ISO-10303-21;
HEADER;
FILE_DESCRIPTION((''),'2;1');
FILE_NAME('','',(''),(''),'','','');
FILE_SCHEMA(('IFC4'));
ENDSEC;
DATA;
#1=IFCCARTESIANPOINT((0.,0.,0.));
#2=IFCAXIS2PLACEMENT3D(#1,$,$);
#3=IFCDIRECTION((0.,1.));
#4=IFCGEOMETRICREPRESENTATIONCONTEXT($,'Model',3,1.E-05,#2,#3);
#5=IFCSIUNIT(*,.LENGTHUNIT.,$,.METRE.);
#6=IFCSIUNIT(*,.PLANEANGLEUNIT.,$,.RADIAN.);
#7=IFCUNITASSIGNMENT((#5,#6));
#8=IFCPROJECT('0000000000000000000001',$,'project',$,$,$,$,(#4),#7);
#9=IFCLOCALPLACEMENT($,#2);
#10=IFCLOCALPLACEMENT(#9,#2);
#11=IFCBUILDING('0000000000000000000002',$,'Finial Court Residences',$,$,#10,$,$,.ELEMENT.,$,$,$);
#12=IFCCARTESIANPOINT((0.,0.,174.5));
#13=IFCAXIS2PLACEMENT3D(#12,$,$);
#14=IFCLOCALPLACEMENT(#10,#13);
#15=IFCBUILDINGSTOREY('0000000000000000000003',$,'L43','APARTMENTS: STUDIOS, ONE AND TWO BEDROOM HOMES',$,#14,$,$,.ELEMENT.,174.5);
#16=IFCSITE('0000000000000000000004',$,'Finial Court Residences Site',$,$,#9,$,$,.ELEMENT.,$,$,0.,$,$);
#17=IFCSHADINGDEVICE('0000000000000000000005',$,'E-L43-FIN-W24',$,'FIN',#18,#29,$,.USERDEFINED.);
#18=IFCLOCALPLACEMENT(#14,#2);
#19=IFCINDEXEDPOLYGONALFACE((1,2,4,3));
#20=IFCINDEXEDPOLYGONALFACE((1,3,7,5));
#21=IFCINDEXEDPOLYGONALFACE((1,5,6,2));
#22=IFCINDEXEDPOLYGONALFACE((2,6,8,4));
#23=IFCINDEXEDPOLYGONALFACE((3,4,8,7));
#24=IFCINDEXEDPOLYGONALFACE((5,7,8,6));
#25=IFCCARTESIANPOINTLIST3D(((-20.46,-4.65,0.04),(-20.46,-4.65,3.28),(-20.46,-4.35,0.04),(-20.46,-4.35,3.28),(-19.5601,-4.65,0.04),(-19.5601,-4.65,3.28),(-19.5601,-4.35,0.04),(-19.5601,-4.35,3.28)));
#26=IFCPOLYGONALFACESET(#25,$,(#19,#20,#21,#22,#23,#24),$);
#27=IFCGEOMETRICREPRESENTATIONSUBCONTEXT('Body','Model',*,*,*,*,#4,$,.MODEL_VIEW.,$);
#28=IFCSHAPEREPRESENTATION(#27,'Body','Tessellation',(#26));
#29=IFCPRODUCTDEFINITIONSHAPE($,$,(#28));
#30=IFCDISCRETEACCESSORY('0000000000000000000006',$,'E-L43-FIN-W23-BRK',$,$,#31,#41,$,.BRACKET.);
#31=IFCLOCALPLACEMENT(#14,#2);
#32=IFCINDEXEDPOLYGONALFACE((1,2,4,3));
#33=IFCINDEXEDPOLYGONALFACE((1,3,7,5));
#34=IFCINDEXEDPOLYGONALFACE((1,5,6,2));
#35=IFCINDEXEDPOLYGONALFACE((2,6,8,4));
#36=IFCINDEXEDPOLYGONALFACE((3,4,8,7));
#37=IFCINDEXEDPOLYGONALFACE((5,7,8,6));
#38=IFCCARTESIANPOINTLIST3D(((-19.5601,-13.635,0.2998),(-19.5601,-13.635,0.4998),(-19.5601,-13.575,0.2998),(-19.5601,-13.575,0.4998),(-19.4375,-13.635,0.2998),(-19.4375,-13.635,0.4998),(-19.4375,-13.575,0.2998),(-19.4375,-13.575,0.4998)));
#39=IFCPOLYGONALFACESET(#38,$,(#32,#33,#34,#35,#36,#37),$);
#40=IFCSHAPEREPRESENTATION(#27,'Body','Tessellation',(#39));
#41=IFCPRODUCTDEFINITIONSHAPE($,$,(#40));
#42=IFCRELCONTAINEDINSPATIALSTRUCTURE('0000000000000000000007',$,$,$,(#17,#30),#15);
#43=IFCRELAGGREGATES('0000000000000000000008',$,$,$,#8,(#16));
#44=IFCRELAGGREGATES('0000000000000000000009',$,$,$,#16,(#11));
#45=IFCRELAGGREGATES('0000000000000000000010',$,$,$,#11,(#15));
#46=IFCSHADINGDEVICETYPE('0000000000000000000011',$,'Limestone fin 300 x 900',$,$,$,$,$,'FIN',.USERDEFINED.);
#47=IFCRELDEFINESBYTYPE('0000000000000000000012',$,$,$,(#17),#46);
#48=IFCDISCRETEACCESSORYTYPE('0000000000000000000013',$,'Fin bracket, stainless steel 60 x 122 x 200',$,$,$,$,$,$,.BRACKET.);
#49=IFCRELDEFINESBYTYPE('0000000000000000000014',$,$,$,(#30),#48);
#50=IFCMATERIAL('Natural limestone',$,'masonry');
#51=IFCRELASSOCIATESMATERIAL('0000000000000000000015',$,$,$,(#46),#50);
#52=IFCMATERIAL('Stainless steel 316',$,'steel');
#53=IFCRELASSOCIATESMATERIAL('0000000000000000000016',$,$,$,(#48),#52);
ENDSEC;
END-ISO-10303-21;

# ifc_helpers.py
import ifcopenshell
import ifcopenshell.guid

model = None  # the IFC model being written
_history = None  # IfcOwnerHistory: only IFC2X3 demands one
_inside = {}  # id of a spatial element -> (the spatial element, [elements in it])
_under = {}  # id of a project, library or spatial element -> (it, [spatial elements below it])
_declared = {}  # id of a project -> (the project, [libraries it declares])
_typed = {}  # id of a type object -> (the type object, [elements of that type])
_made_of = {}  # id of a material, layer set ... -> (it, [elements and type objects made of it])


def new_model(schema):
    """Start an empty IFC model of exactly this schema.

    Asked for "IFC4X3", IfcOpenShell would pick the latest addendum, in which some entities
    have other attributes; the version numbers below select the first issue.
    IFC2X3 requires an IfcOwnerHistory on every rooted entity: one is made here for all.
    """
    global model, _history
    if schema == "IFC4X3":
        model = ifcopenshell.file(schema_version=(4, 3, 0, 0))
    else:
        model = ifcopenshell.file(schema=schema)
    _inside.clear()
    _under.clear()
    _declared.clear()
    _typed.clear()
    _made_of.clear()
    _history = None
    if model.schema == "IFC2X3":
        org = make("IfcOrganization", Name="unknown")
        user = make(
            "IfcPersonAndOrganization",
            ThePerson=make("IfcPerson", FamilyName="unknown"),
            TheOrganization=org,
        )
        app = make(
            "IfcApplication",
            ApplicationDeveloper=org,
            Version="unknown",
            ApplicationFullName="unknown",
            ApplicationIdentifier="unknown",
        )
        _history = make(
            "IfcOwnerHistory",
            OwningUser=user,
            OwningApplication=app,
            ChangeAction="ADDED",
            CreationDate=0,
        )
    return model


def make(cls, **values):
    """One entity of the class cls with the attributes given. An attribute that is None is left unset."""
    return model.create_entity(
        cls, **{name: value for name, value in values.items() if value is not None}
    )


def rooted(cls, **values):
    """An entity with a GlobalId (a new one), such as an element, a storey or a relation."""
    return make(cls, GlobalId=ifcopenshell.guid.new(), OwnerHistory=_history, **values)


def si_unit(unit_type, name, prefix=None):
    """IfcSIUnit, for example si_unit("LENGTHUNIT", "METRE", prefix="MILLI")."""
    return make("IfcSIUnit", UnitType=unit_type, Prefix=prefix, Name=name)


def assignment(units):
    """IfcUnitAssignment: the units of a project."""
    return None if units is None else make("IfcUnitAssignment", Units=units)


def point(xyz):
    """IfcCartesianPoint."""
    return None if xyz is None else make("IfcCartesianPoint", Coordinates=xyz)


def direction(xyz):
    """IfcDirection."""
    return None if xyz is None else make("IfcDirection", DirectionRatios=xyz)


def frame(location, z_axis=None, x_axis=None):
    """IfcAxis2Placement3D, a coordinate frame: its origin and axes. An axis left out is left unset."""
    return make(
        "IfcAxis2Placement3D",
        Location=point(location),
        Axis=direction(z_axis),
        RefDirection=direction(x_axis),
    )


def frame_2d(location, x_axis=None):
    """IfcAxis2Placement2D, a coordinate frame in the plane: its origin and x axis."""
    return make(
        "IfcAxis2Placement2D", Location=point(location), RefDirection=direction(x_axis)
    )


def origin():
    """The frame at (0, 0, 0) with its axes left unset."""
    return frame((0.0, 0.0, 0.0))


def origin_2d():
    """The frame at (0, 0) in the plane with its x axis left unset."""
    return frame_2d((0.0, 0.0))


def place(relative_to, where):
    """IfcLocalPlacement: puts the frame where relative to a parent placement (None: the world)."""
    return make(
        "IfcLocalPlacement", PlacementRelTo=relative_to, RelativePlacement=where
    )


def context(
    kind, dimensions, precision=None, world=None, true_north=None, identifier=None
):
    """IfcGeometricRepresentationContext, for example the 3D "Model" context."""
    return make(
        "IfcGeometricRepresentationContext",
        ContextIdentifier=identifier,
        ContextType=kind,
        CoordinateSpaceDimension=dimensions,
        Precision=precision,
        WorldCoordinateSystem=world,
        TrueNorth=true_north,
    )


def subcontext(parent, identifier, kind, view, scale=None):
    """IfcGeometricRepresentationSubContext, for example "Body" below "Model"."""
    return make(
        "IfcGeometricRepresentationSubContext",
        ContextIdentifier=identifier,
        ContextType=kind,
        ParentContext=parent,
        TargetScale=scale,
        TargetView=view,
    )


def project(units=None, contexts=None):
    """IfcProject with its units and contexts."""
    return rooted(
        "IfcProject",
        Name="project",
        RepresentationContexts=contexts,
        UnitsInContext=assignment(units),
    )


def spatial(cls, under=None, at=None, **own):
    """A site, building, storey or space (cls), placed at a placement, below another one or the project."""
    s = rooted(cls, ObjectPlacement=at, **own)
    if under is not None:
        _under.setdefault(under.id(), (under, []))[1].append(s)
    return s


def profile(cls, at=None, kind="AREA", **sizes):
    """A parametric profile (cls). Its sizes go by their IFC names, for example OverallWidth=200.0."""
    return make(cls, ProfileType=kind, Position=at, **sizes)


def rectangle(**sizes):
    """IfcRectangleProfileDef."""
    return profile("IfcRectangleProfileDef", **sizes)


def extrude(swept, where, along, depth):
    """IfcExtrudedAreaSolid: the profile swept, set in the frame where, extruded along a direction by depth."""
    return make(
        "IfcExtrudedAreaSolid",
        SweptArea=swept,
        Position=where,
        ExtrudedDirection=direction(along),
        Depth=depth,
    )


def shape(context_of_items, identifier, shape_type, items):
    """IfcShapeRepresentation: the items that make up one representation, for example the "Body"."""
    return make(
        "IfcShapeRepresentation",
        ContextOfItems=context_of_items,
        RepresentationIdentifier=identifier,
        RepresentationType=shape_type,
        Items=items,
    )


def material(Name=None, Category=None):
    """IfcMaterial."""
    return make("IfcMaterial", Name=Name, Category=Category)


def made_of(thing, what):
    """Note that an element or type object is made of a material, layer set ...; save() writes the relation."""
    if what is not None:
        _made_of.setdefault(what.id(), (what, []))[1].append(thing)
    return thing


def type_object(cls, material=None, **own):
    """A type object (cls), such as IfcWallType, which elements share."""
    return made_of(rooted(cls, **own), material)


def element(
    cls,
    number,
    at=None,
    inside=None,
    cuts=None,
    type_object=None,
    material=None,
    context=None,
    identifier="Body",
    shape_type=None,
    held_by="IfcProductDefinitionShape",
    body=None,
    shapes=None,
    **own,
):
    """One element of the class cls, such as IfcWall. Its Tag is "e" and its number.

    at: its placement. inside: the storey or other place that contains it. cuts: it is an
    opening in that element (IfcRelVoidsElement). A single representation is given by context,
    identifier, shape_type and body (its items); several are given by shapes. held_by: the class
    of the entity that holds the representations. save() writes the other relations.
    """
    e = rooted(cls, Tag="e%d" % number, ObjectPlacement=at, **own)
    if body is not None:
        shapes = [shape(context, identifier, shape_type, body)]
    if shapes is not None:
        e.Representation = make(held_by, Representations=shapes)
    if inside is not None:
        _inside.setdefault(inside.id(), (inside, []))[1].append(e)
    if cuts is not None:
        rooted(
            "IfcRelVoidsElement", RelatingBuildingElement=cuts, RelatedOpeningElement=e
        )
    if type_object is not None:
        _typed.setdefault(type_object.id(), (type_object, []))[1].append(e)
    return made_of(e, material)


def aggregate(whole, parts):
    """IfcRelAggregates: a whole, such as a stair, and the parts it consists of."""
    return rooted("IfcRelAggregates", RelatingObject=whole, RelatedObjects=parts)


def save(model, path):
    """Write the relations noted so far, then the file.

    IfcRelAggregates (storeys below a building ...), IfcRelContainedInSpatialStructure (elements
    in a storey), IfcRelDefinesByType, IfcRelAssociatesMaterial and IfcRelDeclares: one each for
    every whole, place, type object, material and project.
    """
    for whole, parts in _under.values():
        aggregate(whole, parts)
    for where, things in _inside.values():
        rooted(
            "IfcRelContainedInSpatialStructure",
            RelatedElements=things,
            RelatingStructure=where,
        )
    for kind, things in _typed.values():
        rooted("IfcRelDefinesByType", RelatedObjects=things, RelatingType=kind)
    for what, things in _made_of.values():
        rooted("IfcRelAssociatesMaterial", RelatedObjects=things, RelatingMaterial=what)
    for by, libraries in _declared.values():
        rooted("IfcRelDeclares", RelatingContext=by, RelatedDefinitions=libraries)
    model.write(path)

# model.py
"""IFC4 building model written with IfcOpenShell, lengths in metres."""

from ifc_helpers import new_model, si_unit, direction, frame, origin, origin_2d, place, context, subcontext, project, spatial, rectangle, extrude, material, type_object, element, save


model = new_model("IFC4")

# Units and contexts
model_context = context("Model", 3, precision=1e-05, world=origin(), true_north=direction((0.0, 1.0)))
body_context = subcontext(model_context, "Body", "Model", "MODEL_VIEW")
ifc_project = project(units=[si_unit("LENGTHUNIT", "METRE"), si_unit("PLANEANGLEUNIT", "RADIAN")], contexts=[model_context])

# Site, building, storey
site_placement = place(None, origin())
site = spatial("IfcSite", under=ifc_project, at=site_placement, Name="Finial Court Residences Site", CompositionType="ELEMENT", RefElevation=0.0)
building_placement = place(site_placement, origin())
building = spatial("IfcBuilding", under=site, at=building_placement, Name="Finial Court Residences", CompositionType="ELEMENT")
storey_placement = place(building_placement, frame((0.0, 0.0, 174.5)))
storey = spatial("IfcBuildingStorey", under=building, at=storey_placement, Name="L43", Description="APARTMENTS: STUDIOS, ONE AND TWO BEDROOM HOMES", CompositionType="ELEMENT", Elevation=174.5)

# Shared definitions
ifc_material_1 = material(Name="Natural limestone", Category="masonry")

# Shading device
shading_device_type = type_object("IfcShadingDeviceType", Name="Limestone fin 300 x 900", ElementType="FIN", PredefinedType="USERDEFINED", material=ifc_material_1)
shading_device_1_placement = place(storey_placement, frame((-20.01, -4.5, 0.04), z_axis=(0.0, 0.0, 1.0), x_axis=(1.0, 0.0, 0.0)))
element("IfcShadingDevice", 1, at=shading_device_1_placement, inside=storey, type_object=shading_device_type, Name="E-L43-FIN-W24", ObjectType="FIN", PredefinedType="USERDEFINED", context=body_context, shape_type="SweptSolid", body=[
    extrude(rectangle(XDim=0.8999, YDim=0.3, at=origin_2d()), origin(), (0.0, 0.0, 1.0), 3.24),
])

# Discrete accessory
ifc_material_2 = material(Name="Stainless steel 316", Category="steel")
discrete_accessory_type = type_object("IfcDiscreteAccessoryType", Name="Fin bracket, stainless steel 60 x 122 x 200", PredefinedType="BRACKET", material=ifc_material_2)
discrete_accessory_placement = place(storey_placement, frame((-19.4988, -13.605, 0.2998), z_axis=(0.0, 0.0, 1.0), x_axis=(1.0, 0.0, 0.0)))
element("IfcDiscreteAccessory", 2, at=discrete_accessory_placement, inside=storey, type_object=discrete_accessory_type, Name="E-L43-FIN-W23-BRK", PredefinedType="BRACKET", context=body_context, shape_type="SweptSolid", body=[
    extrude(rectangle(XDim=0.1226, YDim=0.0601, at=origin_2d()), origin(), (0.0, 0.0, 1.0), 0.2),
])

save(model, "model.ifc")
